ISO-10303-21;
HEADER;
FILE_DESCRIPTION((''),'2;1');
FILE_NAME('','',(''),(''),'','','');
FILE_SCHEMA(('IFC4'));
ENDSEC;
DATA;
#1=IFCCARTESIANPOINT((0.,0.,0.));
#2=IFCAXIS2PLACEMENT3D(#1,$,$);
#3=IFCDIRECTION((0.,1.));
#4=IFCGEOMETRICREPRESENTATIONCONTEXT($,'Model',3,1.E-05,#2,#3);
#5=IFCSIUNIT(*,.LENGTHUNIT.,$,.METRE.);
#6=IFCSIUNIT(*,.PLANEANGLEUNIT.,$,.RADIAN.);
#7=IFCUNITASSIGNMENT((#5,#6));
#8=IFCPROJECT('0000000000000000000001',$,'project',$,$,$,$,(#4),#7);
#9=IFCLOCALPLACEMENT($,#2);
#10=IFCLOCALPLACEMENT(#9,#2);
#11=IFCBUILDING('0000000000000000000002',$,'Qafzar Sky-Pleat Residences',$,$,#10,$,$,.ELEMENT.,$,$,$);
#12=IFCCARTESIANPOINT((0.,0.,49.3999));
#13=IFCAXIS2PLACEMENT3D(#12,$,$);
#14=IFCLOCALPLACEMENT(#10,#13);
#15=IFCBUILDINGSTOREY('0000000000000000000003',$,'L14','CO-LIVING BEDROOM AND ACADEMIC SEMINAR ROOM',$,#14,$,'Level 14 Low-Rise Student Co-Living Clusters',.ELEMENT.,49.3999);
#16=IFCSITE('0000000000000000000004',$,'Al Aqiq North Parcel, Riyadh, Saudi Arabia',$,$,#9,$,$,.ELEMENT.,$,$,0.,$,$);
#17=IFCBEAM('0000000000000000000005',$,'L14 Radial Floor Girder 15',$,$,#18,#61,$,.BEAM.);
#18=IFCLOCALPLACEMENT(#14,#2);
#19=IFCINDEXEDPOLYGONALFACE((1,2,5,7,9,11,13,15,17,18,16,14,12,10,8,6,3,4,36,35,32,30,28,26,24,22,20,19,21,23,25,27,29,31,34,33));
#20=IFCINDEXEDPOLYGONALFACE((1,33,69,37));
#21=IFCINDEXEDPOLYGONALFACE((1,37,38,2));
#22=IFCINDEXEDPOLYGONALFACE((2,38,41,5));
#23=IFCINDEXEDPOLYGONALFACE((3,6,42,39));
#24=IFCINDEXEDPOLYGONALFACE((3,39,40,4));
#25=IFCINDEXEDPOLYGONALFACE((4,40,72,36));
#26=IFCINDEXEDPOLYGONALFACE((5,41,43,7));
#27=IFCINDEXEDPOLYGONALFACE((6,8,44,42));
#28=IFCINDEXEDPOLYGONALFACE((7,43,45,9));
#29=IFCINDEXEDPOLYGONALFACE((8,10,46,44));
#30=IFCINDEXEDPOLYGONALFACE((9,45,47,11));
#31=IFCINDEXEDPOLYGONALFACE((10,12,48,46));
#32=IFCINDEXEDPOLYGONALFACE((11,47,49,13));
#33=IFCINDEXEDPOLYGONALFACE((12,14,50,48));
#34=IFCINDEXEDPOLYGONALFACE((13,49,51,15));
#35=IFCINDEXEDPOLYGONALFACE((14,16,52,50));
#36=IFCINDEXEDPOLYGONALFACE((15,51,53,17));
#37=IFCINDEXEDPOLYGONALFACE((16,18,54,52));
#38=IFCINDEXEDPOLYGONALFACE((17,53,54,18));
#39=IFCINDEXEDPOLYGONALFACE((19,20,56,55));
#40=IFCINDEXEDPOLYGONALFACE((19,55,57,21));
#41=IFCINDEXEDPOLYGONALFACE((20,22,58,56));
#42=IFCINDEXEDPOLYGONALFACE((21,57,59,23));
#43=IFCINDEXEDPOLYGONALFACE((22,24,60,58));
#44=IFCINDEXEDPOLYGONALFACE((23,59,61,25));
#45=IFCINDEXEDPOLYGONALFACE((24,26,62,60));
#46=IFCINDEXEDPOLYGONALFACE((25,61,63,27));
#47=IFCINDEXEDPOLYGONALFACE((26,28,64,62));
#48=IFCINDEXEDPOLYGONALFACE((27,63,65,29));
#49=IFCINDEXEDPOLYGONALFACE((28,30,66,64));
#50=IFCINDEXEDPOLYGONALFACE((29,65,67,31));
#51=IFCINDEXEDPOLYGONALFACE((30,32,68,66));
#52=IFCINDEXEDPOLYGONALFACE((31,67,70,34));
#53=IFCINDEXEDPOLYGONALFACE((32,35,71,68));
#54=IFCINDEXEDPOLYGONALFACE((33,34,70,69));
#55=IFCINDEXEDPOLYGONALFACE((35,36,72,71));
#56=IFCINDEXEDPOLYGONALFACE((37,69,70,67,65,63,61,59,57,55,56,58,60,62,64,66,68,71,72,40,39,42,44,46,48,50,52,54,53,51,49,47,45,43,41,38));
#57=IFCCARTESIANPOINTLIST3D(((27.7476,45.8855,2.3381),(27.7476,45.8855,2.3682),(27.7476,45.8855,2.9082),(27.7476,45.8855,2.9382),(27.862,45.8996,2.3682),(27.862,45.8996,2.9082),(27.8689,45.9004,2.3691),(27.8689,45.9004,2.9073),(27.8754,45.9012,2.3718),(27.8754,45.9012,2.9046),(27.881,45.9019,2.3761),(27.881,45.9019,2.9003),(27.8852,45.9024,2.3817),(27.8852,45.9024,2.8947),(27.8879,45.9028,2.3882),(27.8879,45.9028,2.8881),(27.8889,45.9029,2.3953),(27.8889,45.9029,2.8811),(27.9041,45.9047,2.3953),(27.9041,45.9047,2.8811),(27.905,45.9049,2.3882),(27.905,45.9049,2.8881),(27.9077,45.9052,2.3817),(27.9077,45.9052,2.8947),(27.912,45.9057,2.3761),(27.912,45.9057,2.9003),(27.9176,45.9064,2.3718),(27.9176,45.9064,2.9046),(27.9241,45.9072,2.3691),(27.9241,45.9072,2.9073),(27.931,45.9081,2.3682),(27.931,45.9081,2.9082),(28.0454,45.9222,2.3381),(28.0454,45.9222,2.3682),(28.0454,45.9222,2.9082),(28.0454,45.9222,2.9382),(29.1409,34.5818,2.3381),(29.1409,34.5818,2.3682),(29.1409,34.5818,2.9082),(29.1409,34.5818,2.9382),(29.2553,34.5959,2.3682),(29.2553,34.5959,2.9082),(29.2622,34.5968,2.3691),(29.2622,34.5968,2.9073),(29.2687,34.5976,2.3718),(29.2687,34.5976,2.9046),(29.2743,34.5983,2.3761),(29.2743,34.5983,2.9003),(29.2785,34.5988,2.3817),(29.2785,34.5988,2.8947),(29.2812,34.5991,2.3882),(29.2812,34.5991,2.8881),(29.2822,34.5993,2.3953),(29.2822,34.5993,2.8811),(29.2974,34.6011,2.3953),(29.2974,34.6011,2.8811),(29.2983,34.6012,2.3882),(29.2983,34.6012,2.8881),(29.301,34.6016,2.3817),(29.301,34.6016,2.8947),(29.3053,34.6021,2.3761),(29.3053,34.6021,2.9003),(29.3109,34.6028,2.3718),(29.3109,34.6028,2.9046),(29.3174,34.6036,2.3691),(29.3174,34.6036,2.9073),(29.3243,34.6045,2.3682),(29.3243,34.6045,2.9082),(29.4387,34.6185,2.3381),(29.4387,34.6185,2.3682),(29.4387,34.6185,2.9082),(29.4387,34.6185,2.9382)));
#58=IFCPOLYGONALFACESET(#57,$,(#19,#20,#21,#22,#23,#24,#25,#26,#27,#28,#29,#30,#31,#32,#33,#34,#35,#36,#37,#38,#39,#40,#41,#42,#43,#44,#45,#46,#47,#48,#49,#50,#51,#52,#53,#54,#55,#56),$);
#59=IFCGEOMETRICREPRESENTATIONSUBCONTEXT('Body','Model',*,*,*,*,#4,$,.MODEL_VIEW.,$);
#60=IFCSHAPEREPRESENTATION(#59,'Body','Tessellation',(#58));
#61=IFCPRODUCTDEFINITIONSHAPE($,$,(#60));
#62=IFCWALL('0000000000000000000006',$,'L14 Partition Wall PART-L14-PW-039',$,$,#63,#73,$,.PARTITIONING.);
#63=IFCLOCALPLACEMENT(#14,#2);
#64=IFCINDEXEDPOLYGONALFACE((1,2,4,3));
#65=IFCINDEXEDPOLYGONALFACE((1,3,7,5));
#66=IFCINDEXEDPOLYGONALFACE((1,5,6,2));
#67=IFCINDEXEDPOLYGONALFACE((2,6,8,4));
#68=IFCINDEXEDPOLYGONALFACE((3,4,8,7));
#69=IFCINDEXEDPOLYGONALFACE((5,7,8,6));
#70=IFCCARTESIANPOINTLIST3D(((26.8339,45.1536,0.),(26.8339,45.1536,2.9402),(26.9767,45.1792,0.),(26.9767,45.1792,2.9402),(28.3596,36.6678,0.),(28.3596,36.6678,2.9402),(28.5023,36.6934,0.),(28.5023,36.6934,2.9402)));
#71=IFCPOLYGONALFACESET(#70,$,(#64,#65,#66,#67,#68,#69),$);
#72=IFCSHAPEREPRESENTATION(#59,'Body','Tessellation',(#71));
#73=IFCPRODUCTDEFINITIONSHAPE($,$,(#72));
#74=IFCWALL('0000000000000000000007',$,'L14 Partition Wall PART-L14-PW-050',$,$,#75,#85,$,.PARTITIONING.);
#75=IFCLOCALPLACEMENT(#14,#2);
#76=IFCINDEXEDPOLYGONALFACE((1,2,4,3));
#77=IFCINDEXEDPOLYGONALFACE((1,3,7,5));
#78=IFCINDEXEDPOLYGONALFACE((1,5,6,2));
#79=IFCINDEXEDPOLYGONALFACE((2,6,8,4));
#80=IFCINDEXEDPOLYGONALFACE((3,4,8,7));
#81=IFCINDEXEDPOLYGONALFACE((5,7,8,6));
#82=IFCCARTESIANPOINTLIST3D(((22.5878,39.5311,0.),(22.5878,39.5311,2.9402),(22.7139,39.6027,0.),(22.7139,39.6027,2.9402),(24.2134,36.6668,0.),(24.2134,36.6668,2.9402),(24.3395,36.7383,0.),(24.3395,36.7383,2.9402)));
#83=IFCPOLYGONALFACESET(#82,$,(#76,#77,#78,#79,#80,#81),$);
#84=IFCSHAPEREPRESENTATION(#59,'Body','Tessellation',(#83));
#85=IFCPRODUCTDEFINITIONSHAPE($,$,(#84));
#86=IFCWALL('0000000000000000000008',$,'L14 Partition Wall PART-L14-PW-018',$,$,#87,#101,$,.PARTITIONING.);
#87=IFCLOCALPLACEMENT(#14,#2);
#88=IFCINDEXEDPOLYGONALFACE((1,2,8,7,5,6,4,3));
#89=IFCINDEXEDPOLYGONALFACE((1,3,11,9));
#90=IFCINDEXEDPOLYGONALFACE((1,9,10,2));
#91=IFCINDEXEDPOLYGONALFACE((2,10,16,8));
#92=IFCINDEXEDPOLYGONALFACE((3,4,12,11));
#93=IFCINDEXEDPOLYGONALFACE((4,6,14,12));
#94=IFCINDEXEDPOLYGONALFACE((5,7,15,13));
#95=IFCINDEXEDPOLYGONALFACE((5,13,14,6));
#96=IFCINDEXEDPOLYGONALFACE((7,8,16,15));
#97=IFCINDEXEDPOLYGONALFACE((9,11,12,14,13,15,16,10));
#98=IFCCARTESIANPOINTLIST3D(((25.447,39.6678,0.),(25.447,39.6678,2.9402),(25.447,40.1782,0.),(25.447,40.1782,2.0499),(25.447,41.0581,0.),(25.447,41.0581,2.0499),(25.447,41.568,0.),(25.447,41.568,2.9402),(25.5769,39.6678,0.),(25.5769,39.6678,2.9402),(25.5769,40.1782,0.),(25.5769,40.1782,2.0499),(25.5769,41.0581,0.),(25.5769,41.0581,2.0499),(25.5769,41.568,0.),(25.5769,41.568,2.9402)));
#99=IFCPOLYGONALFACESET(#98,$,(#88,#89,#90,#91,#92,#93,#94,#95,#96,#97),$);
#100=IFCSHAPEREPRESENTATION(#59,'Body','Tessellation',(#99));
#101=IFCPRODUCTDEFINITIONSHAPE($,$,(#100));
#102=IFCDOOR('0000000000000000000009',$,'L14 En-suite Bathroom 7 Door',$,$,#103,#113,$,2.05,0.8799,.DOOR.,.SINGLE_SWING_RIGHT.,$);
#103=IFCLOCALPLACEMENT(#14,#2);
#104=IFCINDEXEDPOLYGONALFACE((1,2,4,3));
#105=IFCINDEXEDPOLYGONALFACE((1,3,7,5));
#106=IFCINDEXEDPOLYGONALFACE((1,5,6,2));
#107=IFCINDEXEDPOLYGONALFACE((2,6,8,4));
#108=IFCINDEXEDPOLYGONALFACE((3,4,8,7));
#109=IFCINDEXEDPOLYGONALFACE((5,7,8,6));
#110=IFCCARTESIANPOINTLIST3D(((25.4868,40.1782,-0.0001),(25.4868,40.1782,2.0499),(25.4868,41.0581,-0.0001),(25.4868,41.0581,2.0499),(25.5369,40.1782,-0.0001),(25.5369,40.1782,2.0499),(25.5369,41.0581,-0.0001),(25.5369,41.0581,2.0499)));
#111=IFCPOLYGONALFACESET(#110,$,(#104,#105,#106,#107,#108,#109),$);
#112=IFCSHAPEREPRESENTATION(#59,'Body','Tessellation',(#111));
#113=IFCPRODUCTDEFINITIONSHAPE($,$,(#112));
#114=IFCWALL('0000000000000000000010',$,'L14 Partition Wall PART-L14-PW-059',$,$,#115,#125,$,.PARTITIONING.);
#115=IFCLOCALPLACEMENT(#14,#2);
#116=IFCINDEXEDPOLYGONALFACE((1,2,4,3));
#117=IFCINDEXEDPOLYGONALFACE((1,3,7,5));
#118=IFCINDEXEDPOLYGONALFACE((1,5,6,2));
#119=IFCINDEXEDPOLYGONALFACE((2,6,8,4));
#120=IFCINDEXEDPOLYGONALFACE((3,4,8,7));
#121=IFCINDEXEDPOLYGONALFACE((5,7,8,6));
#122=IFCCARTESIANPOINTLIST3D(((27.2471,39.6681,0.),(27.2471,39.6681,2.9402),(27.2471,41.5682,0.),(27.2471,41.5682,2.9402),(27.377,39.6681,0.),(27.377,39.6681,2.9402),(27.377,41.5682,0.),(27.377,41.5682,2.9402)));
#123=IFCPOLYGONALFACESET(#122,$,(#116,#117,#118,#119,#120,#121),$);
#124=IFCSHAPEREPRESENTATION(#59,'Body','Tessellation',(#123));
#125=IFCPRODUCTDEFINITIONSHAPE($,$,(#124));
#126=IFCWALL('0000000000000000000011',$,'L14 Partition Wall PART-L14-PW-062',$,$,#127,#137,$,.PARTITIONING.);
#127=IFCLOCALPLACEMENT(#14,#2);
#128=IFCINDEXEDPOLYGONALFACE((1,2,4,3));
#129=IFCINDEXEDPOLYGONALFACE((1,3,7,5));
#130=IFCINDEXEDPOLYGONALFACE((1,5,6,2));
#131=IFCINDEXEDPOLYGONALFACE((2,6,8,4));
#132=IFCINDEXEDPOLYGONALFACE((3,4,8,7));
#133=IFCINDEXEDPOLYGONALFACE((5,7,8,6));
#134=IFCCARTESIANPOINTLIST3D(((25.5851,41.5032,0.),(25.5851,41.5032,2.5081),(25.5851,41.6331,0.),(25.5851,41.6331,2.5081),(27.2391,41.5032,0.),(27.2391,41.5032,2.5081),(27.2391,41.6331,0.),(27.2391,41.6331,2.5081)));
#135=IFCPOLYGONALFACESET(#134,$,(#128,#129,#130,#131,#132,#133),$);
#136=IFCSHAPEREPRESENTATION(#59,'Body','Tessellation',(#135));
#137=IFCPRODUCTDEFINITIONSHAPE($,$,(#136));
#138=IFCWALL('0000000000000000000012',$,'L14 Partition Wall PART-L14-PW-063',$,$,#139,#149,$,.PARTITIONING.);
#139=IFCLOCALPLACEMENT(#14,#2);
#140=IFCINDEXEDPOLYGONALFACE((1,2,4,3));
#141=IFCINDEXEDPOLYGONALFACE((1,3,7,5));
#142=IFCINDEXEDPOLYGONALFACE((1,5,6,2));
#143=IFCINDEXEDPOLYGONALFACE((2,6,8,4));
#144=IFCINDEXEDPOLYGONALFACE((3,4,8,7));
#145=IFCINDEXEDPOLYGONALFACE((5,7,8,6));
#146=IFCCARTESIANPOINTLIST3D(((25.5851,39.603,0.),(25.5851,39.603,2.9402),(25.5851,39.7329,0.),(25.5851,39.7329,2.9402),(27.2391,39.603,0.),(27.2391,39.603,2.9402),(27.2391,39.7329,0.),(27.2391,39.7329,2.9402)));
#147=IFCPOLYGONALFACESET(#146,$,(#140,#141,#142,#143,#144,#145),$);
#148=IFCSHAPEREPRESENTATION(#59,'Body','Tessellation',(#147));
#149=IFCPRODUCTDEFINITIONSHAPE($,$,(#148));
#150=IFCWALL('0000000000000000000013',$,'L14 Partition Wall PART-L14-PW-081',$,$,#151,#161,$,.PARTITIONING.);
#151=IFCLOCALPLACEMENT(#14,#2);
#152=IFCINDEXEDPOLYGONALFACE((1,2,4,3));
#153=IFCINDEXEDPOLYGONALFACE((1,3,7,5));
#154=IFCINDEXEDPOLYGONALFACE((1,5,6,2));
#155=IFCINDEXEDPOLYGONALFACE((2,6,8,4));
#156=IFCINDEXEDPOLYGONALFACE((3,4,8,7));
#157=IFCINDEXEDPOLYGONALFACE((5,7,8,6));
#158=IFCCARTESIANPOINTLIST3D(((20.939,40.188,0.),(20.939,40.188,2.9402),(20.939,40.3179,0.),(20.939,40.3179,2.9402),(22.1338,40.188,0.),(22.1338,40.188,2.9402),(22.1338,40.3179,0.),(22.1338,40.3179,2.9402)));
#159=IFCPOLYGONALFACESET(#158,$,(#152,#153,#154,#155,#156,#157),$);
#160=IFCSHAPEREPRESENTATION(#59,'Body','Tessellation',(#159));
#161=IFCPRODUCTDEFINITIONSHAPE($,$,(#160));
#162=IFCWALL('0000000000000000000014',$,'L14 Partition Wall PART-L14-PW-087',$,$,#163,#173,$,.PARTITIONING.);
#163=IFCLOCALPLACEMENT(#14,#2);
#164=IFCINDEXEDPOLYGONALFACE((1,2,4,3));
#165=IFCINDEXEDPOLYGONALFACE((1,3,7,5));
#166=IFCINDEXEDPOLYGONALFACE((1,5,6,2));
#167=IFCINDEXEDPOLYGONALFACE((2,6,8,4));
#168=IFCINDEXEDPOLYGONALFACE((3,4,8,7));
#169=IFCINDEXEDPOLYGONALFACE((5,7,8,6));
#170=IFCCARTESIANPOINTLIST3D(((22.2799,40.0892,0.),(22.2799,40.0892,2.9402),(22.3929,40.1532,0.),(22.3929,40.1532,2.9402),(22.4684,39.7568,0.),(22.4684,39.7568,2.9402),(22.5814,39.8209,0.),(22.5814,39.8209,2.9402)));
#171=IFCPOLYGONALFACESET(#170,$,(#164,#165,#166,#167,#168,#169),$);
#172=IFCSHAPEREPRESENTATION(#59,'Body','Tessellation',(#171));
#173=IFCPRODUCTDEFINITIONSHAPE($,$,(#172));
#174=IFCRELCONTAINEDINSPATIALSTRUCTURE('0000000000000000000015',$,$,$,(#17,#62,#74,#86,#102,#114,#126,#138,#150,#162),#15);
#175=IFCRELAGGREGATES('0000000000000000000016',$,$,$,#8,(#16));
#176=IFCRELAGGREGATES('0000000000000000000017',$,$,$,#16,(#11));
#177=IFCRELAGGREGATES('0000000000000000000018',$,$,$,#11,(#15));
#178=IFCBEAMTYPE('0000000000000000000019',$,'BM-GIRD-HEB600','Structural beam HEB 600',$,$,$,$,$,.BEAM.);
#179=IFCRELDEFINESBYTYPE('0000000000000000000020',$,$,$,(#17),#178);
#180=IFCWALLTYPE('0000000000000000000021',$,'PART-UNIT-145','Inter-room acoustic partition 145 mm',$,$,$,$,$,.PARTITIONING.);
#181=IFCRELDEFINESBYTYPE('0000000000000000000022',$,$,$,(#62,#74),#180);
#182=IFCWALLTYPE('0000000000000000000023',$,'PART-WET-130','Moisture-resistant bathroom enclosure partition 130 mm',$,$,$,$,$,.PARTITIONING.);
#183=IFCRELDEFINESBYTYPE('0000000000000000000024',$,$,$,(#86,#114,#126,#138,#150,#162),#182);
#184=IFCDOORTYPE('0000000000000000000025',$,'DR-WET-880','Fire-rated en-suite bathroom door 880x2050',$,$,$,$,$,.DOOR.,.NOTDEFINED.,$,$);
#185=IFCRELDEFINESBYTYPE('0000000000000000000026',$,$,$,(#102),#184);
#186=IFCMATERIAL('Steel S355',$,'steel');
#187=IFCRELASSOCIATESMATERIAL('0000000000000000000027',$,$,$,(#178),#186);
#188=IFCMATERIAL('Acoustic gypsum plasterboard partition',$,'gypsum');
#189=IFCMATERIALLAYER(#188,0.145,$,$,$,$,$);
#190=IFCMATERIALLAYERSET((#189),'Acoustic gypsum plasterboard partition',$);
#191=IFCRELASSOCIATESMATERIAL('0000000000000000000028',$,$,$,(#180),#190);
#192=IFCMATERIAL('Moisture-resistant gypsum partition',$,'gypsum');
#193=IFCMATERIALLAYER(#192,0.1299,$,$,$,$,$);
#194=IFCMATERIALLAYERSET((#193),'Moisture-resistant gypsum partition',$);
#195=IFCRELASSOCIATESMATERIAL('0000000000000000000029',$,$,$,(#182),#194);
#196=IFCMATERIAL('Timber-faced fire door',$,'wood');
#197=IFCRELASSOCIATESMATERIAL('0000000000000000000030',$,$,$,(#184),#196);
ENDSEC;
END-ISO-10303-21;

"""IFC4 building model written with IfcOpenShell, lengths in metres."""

from ifc_helpers import new_model, si_unit, direction, frame, frame_2d, origin, origin_2d, place, context, subcontext, project, spatial, rectangle, i_section, extrude, source, transform, mapped, material, layer, layer_set, material_profile, profile_set, type_object, element, fill, save


model = new_model("IFC4")

# Units and contexts
model_context = context("Model", 3, precision=1e-05, world=origin(), true_north=direction((0.0, 1.0)))
body_context = subcontext(model_context, "Body", "Model", "MODEL_VIEW")
ifc_project = project(units=[si_unit("LENGTHUNIT", "METRE"), si_unit("PLANEANGLEUNIT", "RADIAN")], contexts=[model_context])

# Site, building, storey
site_placement = place(None, origin())
site = spatial("IfcSite", under=ifc_project, at=site_placement, Name="Al Aqiq North Parcel, Riyadh, Saudi Arabia", CompositionType="ELEMENT", RefElevation=0.0)
building_placement = place(site_placement, origin())
building = spatial("IfcBuilding", under=site, at=building_placement, Name="Qafzar Sky-Pleat Residences", CompositionType="ELEMENT")
storey_placement = place(building_placement, frame((0.0, 0.0, 49.3999)))
storey = spatial("IfcBuildingStorey", under=building, at=storey_placement, Name="L14", Description="CO-LIVING BEDROOM AND ACADEMIC SEMINAR ROOM", LongName="Level 14 Low-Rise Student Co-Living Clusters", CompositionType="ELEMENT", Elevation=49.3999)

# Beam
ifc_material_1 = material(Name="Steel S355", Category="steel")
ifc_material_profile_1 = material_profile(ifc_material_1, i_section(OverallWidth=0.3, OverallDepth=0.6001, WebThickness=0.0154, FlangeThickness=0.03, FilletRadius=0.0271, at=origin_2d()), Name="HEB 600")
ifc_profile_set_1 = profile_set([ifc_material_profile_1], Name="Steel S355")
beam_type_1 = type_object("IfcBeamType", Name="BM-GIRD-HEB600", Description="Structural beam HEB 600", PredefinedType="BEAM", material=ifc_profile_set_1)
shared_shape_1 = source(origin(), body_context, "Body", "SweptSolid", [
    extrude(i_section(OverallWidth=0.3, OverallDepth=0.6001, WebThickness=0.0154, FlangeThickness=0.03, FilletRadius=0.0271, at=origin_2d()), origin(), (0.0, 0.0, 1.0), 11.3892),
])
beam_1_placement = place(storey_placement, frame((27.8965, 45.9038, 2.6382), z_axis=(0.122335, -0.992489, 0.0), x_axis=(0.992489, 0.122335, 0.0)))
element("IfcBeam", 1, at=beam_1_placement, inside=storey, type_object=beam_type_1, Name="L14 Radial Floor Girder 15", PredefinedType="BEAM", context=body_context, shape_type="MappedRepresentation", body=[
    mapped(shared_shape_1, transform((0.0, 0.0, 0.0), x_axis=(1.0, 0.0, 0.0), y_axis=(0.0, 1.0, 0.0), z_axis=(0.0, 0.0, 1.0), scale=1.0)),
])

# Walls
ifc_material_2 = material(Name="Acoustic gypsum plasterboard partition", Category="gypsum")
ifc_layer_1 = layer(ifc_material_2, 0.145)
ifc_layer_set_1 = layer_set([ifc_layer_1], Name="Acoustic gypsum plasterboard partition")
wall_type_1 = type_object("IfcWallType", Name="PART-UNIT-145", Description="Inter-room acoustic partition 145 mm", PredefinedType="PARTITIONING", material=ifc_layer_set_1)
wall_1_placement = place(storey_placement, frame((26.9053, 45.1665, 0.0), z_axis=(0.0, 0.0, 1.0), x_axis=(0.176949, -0.98422, 0.0)))
element("IfcWall", 2, at=wall_1_placement, inside=storey, type_object=wall_type_1, Name="L14 Partition Wall PART-L14-PW-039", PredefinedType="PARTITIONING", context=body_context, shape_type="SweptSolid", body=[
    extrude(rectangle(XDim=8.6218, YDim=0.145, at=frame_2d((4.311, 0.0))), origin(), (0.0, 0.0, 1.0), 2.9402),
])
wall_2_placement = place(storey_placement, frame((22.6509, 39.5669, 0.0), z_axis=(0.0, 0.0, 1.0), x_axis=(0.493566, -0.869708, 0.0)))
element("IfcWall", 3, at=wall_2_placement, inside=storey, type_object=wall_type_1, Name="L14 Partition Wall PART-L14-PW-050", PredefinedType="PARTITIONING", context=body_context, shape_type="SweptSolid", body=[
    extrude(rectangle(XDim=3.2935, YDim=0.145, at=frame_2d((1.6467, 0.0))), origin(), (0.0, 0.0, 1.0), 2.9402),
])

# Wall, opening, door
ifc_material_3 = material(Name="Moisture-resistant gypsum partition", Category="gypsum")
ifc_layer_2 = layer(ifc_material_3, 0.1299)
ifc_layer_set_2 = layer_set([ifc_layer_2], Name="Moisture-resistant gypsum partition")
wall_type_2 = type_object("IfcWallType", Name="PART-WET-130", Description="Moisture-resistant bathroom enclosure partition 130 mm", PredefinedType="PARTITIONING", material=ifc_layer_set_2)
wall_3_placement = place(storey_placement, frame((25.512, 41.5681, 0.0), z_axis=(0.0, 0.0, 1.0), x_axis=(0.0, -1.0, 0.0)))
wall_3 = element("IfcWall", 4, at=wall_3_placement, inside=storey, type_object=wall_type_2, Name="L14 Partition Wall PART-L14-PW-018", PredefinedType="PARTITIONING", context=body_context, shape_type="SweptSolid", body=[
    extrude(rectangle(XDim=1.9001, YDim=0.1299, at=frame_2d((0.9502, 0.0))), origin(), (0.0, 0.0, 1.0), 2.9402),
])
opening_1_placement = place(wall_3_placement, frame((0.51, 0.0, 0.0)))
opening_1 = element("IfcOpeningElement", 5, at=opening_1_placement, cuts=wall_3, PredefinedType="OPENING", context=body_context, shape_type="SweptSolid", body=[
    extrude(rectangle(XDim=0.8799, YDim=2.05, at=frame_2d((0.4399, 1.0249))), frame((0.0, 0.075, 0.0), z_axis=(0.0, -1.0, 0.0), x_axis=(1.0, 0.0, 0.0)), (0.0, 0.0, 1.0), 0.1499),
])
ifc_material_4 = material(Name="Timber-faced fire door", Category="wood")
door_type = type_object("IfcDoorType", Name="DR-WET-880", Description="Fire-rated en-suite bathroom door 880x2050", OperationType="NOTDEFINED", PredefinedType="DOOR", material=ifc_material_4)
shared_shape_2 = source(origin(), body_context, "Body", "SweptSolid", [
    extrude(rectangle(XDim=0.8799, YDim=2.05, at=frame_2d((0.4399, 1.0249))), frame((0.0, 0.0249, 0.0), z_axis=(0.0, -1.0, 0.0), x_axis=(1.0, 0.0, 0.0)), (0.0, 0.0, 1.0), 0.05),
])
door_placement = place(opening_1_placement, origin())
door = element("IfcDoor", 6, at=door_placement, inside=storey, type_object=door_type, Name="L14 En-suite Bathroom 7 Door", OperationType="SINGLE_SWING_RIGHT", OverallHeight=2.05, OverallWidth=0.8799, PredefinedType="DOOR", context=body_context, shape_type="MappedRepresentation", body=[
    mapped(shared_shape_2, transform((0.0, 0.0, 0.0), x_axis=(1.0, 0.0, 0.0), y_axis=(0.0, 1.0, 0.0), z_axis=(0.0, 0.0, 1.0), scale=1.0)),
])
fill(opening_1, door)

# Walls
wall_4_placement = place(storey_placement, frame((27.312, 39.668, 0.0), z_axis=(0.0, 0.0, 1.0), x_axis=(0.0, 1.0, 0.0)))
element("IfcWall", 7, at=wall_4_placement, inside=storey, type_object=wall_type_2, Name="L14 Partition Wall PART-L14-PW-059", PredefinedType="PARTITIONING", context=body_context, shape_type="SweptSolid", body=[
    extrude(rectangle(XDim=1.9001, YDim=0.1299, at=frame_2d((0.9502, 0.0))), origin(), (0.0, 0.0, 1.0), 2.9402),
])
wall_5_placement = place(storey_placement, frame((25.585, 41.5681, 0.0), z_axis=(0.0, 0.0, 1.0), x_axis=(1.0, 0.0, 0.0)))
element("IfcWall", 8, at=wall_5_placement, inside=storey, type_object=wall_type_2, Name="L14 Partition Wall PART-L14-PW-062", PredefinedType="PARTITIONING", context=body_context, shape_type="SweptSolid", body=[
    extrude(rectangle(XDim=1.6541, YDim=0.1299, at=frame_2d((0.8271, 0.0))), origin(), (0.0, 0.0, 1.0), 2.5081),
])
wall_6_placement = place(storey_placement, frame((25.585, 39.668, 0.0), z_axis=(0.0, 0.0, 1.0), x_axis=(1.0, 0.0, 0.0)))
element("IfcWall", 9, at=wall_6_placement, inside=storey, type_object=wall_type_2, Name="L14 Partition Wall PART-L14-PW-063", PredefinedType="PARTITIONING", context=body_context, shape_type="SweptSolid", body=[
    extrude(rectangle(XDim=1.6541, YDim=0.1299, at=frame_2d((0.8271, 0.0))), origin(), (0.0, 0.0, 1.0), 2.9402),
])
wall_7_placement = place(storey_placement, frame((20.939, 40.2529, 0.0), z_axis=(0.0, 0.0, 1.0), x_axis=(1.0, 0.0, 0.0)))
element("IfcWall", 10, at=wall_7_placement, inside=storey, type_object=wall_type_2, Name="L14 Partition Wall PART-L14-PW-081", PredefinedType="PARTITIONING", context=body_context, shape_type="SweptSolid", body=[
    extrude(rectangle(XDim=1.1948, YDim=0.1299, at=frame_2d((0.5974, 0.0))), origin(), (0.0, 0.0, 1.0), 2.9402),
])
wall_8_placement = place(storey_placement, frame((22.3364, 40.1211, 0.0), z_axis=(0.0, 0.0, 1.0), x_axis=(0.493383, -0.869812, 0.0)))
element("IfcWall", 11, at=wall_8_placement, inside=storey, type_object=wall_type_2, Name="L14 Partition Wall PART-L14-PW-087", PredefinedType="PARTITIONING", context=body_context, shape_type="SweptSolid", body=[
    extrude(rectangle(XDim=0.3821, YDim=0.1299, at=frame_2d((0.1909, 0.0))), origin(), (0.0, 0.0, 1.0), 2.9402),
])

save(model, "model.ifc")
